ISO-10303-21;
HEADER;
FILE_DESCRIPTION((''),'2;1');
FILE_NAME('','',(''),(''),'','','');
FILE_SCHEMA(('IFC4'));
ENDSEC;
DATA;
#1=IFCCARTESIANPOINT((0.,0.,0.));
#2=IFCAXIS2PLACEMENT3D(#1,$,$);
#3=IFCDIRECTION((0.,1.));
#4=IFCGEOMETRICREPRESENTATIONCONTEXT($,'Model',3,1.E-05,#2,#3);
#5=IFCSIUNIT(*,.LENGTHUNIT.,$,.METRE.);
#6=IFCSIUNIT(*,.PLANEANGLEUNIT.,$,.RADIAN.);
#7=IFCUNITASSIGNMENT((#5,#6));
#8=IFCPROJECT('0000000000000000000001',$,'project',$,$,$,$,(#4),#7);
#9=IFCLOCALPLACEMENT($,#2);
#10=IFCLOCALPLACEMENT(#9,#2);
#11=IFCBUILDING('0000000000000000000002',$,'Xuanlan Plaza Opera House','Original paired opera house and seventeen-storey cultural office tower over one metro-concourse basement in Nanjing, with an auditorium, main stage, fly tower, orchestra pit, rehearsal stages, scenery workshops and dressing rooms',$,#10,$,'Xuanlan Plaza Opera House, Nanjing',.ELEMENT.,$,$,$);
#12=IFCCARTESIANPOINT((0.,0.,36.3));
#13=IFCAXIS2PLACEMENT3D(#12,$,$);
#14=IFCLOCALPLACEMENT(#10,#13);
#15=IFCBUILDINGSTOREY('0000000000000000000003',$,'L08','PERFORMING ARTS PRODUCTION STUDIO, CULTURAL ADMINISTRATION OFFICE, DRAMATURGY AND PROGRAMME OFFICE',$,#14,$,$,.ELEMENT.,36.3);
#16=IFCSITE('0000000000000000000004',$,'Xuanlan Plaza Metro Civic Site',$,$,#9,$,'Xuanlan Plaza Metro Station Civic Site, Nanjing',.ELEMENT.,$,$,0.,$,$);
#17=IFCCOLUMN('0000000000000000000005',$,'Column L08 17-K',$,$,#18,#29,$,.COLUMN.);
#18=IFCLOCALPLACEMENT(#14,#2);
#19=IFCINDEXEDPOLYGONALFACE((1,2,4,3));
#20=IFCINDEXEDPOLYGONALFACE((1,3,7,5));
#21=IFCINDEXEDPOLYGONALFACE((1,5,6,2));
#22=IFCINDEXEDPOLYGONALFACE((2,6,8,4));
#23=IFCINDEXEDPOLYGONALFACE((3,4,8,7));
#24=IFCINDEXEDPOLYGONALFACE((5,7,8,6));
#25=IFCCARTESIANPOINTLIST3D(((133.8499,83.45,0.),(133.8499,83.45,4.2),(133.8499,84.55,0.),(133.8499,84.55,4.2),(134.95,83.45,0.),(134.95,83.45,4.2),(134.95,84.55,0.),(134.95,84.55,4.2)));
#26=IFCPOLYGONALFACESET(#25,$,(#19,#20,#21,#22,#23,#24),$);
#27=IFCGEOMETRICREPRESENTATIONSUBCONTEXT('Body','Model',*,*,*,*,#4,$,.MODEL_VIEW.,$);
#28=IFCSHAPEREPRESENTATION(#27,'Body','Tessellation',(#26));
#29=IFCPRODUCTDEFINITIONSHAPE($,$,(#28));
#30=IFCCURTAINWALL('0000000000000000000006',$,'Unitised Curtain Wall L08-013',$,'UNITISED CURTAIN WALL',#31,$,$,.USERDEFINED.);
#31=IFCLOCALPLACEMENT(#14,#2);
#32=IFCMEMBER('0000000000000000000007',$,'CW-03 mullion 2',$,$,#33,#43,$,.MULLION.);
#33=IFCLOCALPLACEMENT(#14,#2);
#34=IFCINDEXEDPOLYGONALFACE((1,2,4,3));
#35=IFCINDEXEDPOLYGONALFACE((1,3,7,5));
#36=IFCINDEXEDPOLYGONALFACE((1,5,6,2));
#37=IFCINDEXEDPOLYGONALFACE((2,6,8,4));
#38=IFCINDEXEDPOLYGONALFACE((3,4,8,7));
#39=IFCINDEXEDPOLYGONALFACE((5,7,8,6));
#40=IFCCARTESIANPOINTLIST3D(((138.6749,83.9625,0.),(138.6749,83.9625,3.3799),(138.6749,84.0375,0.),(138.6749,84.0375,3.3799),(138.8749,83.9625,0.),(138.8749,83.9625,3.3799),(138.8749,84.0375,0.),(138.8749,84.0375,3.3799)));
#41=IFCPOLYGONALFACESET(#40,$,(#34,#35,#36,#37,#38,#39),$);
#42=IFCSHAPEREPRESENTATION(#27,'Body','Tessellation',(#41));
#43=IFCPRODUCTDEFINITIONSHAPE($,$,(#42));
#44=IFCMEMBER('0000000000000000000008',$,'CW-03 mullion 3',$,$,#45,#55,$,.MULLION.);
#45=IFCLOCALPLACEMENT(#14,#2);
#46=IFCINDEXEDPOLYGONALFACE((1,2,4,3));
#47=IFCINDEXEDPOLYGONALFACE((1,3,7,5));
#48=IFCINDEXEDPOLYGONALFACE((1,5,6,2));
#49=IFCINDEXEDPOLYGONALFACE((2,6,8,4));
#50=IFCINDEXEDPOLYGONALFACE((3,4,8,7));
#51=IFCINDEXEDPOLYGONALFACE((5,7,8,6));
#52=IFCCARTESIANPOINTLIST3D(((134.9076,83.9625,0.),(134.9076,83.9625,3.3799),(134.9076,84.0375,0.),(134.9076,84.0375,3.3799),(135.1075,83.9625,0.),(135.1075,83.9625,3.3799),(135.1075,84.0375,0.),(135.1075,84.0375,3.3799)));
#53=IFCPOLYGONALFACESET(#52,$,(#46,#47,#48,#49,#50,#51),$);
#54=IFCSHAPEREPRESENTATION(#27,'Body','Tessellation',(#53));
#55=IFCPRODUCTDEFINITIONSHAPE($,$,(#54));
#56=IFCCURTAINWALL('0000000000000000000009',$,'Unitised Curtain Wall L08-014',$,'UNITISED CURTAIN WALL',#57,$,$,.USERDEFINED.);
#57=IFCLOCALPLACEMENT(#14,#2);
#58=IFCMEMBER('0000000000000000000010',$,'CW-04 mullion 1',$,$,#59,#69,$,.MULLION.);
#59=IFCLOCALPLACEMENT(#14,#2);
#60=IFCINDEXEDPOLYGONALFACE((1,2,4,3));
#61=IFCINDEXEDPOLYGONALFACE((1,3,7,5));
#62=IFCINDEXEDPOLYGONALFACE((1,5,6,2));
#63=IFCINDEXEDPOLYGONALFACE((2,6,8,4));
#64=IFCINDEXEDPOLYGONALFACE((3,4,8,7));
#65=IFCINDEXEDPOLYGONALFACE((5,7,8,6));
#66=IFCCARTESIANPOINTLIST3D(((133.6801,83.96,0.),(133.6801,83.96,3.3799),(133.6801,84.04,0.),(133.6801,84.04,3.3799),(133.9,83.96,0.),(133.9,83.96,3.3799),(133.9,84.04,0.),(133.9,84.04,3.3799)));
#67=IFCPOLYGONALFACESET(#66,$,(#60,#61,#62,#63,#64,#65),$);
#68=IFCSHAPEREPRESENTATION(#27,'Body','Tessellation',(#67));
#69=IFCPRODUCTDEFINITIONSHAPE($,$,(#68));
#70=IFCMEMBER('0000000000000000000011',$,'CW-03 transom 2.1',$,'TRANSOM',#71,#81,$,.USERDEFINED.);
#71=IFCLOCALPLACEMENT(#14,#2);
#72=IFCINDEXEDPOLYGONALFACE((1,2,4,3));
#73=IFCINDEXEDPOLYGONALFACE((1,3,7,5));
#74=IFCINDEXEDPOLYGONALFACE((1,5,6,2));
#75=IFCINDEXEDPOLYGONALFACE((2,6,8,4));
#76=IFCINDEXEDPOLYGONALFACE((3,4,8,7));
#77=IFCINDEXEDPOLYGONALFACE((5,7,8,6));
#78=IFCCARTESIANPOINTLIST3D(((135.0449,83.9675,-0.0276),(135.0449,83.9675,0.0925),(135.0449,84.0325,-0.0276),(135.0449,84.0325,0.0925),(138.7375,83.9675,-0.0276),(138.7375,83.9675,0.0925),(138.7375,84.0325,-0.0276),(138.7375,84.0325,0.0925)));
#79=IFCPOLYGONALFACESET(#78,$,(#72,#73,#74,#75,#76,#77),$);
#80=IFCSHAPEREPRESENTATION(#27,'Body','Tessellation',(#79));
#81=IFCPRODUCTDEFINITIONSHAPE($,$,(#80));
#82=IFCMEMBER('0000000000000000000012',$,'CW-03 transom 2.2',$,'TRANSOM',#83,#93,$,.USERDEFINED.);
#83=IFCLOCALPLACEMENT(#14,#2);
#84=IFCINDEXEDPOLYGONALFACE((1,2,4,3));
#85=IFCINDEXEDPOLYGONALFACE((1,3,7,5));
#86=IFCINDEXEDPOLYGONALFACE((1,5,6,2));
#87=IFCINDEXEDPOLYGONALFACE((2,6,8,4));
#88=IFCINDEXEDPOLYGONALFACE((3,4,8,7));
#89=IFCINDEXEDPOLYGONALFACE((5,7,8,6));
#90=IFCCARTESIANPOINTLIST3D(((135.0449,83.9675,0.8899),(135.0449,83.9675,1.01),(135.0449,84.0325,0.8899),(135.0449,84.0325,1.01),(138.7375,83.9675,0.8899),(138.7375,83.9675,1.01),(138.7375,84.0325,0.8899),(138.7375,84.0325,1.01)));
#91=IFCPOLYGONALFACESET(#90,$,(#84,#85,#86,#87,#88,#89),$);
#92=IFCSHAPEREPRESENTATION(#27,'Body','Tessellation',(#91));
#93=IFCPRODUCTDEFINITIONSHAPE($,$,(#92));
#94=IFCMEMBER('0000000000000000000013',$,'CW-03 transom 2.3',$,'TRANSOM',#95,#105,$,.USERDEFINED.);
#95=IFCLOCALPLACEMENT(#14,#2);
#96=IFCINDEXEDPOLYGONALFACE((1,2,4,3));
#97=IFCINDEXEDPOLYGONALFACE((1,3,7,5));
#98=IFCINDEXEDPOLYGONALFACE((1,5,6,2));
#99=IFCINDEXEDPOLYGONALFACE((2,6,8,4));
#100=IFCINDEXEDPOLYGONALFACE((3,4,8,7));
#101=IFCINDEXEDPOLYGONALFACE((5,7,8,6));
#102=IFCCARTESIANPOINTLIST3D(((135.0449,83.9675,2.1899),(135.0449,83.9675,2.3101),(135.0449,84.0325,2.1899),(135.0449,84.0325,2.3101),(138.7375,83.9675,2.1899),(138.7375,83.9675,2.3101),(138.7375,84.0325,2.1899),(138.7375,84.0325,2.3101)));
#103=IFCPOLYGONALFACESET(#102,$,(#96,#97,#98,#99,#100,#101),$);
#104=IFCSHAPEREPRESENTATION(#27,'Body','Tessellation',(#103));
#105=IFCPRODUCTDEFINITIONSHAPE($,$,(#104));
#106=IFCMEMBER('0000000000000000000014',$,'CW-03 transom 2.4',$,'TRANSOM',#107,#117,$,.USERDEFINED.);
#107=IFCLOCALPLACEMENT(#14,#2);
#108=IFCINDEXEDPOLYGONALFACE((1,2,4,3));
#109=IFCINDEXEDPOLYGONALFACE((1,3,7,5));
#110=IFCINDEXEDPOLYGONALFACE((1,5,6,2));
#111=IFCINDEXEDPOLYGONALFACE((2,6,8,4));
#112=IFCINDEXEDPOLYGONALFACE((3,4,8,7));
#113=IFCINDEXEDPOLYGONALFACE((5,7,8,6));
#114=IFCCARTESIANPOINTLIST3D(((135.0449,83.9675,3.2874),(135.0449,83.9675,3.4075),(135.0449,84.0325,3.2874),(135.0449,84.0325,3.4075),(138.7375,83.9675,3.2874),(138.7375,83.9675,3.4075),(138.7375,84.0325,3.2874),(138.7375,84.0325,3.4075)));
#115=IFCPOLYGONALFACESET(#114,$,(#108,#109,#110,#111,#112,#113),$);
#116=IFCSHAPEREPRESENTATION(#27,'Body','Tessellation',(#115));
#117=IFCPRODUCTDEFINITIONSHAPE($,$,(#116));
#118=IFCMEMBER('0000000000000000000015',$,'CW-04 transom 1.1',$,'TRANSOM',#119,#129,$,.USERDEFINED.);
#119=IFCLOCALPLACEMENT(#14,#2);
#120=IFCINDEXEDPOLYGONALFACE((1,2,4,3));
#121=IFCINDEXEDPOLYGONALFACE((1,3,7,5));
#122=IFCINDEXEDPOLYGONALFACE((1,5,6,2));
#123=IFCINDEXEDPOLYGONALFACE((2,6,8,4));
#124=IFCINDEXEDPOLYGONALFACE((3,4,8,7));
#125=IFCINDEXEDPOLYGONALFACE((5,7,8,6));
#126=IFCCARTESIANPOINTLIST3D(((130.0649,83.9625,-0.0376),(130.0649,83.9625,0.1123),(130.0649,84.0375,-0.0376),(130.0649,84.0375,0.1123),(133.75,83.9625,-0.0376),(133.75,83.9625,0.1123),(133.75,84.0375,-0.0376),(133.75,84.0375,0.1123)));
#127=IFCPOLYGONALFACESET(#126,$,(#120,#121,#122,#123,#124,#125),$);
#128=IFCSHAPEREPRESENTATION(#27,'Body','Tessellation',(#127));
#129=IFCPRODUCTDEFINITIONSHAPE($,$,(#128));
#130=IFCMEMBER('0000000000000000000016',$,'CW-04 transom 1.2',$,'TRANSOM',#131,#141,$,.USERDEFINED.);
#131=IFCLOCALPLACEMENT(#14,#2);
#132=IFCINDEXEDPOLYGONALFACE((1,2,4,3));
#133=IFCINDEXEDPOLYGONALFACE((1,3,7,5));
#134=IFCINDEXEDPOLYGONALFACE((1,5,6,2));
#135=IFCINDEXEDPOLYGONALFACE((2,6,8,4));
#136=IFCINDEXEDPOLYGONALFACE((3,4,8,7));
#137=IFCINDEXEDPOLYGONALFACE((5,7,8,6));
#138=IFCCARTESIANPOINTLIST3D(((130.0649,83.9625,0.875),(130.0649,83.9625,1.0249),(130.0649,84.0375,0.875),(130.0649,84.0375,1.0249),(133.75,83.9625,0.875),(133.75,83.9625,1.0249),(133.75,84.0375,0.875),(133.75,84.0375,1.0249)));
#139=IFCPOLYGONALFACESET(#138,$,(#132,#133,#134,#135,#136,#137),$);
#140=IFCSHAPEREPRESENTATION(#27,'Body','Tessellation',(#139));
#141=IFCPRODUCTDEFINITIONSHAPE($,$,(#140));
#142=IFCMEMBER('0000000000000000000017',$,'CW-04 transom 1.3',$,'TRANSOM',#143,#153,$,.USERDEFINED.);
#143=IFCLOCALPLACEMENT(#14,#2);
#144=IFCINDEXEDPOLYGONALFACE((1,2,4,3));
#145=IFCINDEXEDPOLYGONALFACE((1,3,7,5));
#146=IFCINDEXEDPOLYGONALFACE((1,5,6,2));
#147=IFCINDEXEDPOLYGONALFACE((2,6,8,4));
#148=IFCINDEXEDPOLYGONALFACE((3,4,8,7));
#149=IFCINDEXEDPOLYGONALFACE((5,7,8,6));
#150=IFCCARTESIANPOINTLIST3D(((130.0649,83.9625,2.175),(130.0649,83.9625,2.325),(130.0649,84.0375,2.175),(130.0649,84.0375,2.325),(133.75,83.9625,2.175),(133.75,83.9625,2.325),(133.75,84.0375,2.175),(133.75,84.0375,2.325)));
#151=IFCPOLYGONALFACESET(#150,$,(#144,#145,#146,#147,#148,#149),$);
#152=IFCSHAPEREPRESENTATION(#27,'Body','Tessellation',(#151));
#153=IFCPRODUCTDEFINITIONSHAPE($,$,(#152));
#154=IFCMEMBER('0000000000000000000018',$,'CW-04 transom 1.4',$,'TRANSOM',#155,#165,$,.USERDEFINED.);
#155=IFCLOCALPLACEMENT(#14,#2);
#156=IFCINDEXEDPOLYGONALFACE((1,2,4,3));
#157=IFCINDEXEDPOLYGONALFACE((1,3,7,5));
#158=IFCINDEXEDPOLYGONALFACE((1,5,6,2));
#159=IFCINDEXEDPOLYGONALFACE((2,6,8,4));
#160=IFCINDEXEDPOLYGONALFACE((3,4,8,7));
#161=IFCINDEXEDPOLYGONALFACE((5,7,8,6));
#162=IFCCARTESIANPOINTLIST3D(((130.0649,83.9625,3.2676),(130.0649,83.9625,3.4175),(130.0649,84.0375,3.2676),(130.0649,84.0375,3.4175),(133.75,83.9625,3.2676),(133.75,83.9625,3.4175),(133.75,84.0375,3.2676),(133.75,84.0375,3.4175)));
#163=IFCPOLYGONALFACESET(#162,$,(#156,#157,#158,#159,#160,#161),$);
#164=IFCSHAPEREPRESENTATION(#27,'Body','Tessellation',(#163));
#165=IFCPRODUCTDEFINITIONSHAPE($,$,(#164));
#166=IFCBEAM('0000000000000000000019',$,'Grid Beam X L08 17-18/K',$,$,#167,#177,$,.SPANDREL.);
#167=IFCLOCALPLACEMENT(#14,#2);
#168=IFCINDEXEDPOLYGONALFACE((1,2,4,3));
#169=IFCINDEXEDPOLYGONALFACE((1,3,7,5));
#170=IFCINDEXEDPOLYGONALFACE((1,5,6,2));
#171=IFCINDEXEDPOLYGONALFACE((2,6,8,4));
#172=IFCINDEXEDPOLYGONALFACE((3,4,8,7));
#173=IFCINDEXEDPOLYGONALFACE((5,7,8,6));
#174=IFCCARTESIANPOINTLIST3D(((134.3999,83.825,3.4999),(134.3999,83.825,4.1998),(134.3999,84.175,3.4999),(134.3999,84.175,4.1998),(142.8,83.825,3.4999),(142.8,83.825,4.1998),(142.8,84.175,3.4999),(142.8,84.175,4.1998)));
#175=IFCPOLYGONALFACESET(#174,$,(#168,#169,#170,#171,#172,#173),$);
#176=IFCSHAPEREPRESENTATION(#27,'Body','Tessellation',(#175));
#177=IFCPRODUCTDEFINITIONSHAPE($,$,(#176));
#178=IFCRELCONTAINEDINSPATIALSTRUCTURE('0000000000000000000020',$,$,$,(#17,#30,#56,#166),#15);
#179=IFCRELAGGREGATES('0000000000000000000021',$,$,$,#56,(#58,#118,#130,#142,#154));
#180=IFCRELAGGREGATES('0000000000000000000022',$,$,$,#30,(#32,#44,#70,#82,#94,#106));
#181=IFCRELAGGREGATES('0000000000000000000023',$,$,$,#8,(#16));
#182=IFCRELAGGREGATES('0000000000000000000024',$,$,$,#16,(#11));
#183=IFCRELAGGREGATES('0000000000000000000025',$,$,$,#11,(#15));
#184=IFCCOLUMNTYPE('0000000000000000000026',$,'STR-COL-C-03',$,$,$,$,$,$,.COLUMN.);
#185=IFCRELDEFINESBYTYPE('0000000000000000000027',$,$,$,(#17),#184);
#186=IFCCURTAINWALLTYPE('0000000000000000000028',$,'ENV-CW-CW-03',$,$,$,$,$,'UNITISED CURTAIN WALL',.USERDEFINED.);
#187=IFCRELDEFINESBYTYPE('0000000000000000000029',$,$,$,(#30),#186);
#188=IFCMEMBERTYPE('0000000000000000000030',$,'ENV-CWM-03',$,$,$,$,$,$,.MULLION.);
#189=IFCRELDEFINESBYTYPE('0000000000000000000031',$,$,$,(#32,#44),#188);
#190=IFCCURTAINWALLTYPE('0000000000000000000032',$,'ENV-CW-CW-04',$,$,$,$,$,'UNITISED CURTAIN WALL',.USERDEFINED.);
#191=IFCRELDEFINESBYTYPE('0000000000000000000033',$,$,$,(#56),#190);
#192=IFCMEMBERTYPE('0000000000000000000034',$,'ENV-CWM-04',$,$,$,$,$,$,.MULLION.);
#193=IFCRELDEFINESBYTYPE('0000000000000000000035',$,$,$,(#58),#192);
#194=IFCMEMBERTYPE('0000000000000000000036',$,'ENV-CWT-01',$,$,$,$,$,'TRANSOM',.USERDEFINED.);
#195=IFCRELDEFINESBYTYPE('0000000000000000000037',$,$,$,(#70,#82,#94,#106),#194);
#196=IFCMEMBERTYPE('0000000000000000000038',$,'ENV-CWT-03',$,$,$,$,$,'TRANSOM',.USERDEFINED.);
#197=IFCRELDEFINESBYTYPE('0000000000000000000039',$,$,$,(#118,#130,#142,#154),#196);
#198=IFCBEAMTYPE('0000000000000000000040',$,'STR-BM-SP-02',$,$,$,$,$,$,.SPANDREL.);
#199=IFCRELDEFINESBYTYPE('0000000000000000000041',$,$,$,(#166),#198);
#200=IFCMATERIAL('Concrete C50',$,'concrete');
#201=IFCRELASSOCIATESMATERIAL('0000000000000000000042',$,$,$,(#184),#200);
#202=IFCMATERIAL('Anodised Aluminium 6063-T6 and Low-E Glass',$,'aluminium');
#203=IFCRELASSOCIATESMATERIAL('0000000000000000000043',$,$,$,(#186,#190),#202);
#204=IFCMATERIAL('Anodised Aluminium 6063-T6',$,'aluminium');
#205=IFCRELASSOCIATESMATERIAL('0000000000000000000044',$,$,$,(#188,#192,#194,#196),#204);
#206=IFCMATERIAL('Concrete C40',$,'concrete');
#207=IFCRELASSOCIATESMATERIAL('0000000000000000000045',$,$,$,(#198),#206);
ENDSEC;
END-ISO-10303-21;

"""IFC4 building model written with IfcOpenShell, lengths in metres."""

from ifc_helpers import new_model, si_unit, direction, frame, origin, origin_2d, place, context, subcontext, project, spatial, rectangle, extrude, material, material_profile, profile_set, type_object, element, aggregate, save


model = new_model("IFC4")

# Units and contexts
model_context = context("Model", 3, precision=1e-05, world=origin(), true_north=direction((0.0, 1.0)))
body_context = subcontext(model_context, "Body", "Model", "MODEL_VIEW")
ifc_project = project(units=[si_unit("LENGTHUNIT", "METRE"), si_unit("PLANEANGLEUNIT", "RADIAN")], contexts=[model_context])

# Site, building, storey
site_placement = place(None, origin())
site = spatial("IfcSite", under=ifc_project, at=site_placement, Name="Xuanlan Plaza Metro Civic Site", LongName="Xuanlan Plaza Metro Station Civic Site, Nanjing", CompositionType="ELEMENT", RefElevation=0.0)
building_placement = place(site_placement, origin())
building = spatial("IfcBuilding", under=site, at=building_placement, Name="Xuanlan Plaza Opera House", Description="Original paired opera house and seventeen-storey cultural office tower over one metro-concourse basement in Nanjing, with an auditorium, main stage, fly tower, orchestra pit, rehearsal stages, scenery workshops and dressing rooms", LongName="Xuanlan Plaza Opera House, Nanjing", CompositionType="ELEMENT")
storey_placement = place(building_placement, frame((0.0, 0.0, 36.3)))
storey = spatial("IfcBuildingStorey", under=building, at=storey_placement, Name="L08", Description="PERFORMING ARTS PRODUCTION STUDIO, CULTURAL ADMINISTRATION OFFICE, DRAMATURGY AND PROGRAMME OFFICE", CompositionType="ELEMENT", Elevation=36.3)

# Column
ifc_material_1 = material(Name="Concrete C50", Category="concrete")
ifc_material_profile_1 = material_profile(ifc_material_1, rectangle(XDim=1.1001, YDim=1.1001, at=origin_2d()), Name="RC-COL 1100x1100")
ifc_profile_set_1 = profile_set([ifc_material_profile_1], Name="Concrete C50")
column_type = type_object("IfcColumnType", Name="STR-COL-C-03", PredefinedType="COLUMN", material=ifc_profile_set_1)
column_placement = place(storey_placement, frame((134.3999, 84.0, 0.0), z_axis=(0.0, 0.0, 1.0), x_axis=(1.0, 0.0, 0.0)))
element("IfcColumn", 1, at=column_placement, inside=storey, type_object=column_type, Name="Column L08 17-K", PredefinedType="COLUMN", context=body_context, shape_type="SweptSolid", body=[
    extrude(rectangle(XDim=1.1001, YDim=1.1001, at=origin_2d()), origin(), (0.0, 0.0, 1.0), 4.2),
])

# Curtain wall, members
ifc_material_2 = material(Name="Anodised Aluminium 6063-T6 and Low-E Glass", Category="aluminium")
curtain_wall_type_1 = type_object("IfcCurtainWallType", Name="ENV-CW-CW-03", ElementType="UNITISED CURTAIN WALL", PredefinedType="USERDEFINED", material=ifc_material_2)
curtain_wall_1_placement = place(storey_placement, origin())
curtain_wall_1 = element("IfcCurtainWall", 2, at=curtain_wall_1_placement, inside=storey, type_object=curtain_wall_type_1, Name="Unitised Curtain Wall L08-013", ObjectType="UNITISED CURTAIN WALL", PredefinedType="USERDEFINED")
ifc_material_3 = material(Name="Anodised Aluminium 6063-T6", Category="aluminium")
ifc_material_profile_2 = material_profile(ifc_material_3, rectangle(XDim=0.075, YDim=0.2, at=origin_2d()), Name="ALU-M 75x200")
ifc_profile_set_2 = profile_set([ifc_material_profile_2], Name="Anodised Aluminium 6063-T6")
member_type_1 = type_object("IfcMemberType", Name="ENV-CWM-03", PredefinedType="MULLION", material=ifc_profile_set_2)
member_1_placement = place(storey_placement, frame((138.7749, 84.0, 0.0), z_axis=(0.0, 0.0, 1.0), x_axis=(0.0, -1.0, 0.0)))
member_1 = element("IfcMember", 3, at=member_1_placement, type_object=member_type_1, Name="CW-03 mullion 2", PredefinedType="MULLION", context=body_context, shape_type="SweptSolid", body=[
    extrude(rectangle(XDim=0.075, YDim=0.2, at=origin_2d()), origin(), (0.0, 0.0, 1.0), 3.3799),
])
member_2_placement = place(storey_placement, frame((135.0076, 84.0, 0.0), z_axis=(0.0, 0.0, 1.0), x_axis=(0.0, -1.0, 0.0)))
member_2 = element("IfcMember", 4, at=member_2_placement, type_object=member_type_1, Name="CW-03 mullion 3", PredefinedType="MULLION", context=body_context, shape_type="SweptSolid", body=[
    extrude(rectangle(XDim=0.075, YDim=0.2, at=origin_2d()), origin(), (0.0, 0.0, 1.0), 3.3799),
])

# Curtain wall, member
curtain_wall_type_2 = type_object("IfcCurtainWallType", Name="ENV-CW-CW-04", ElementType="UNITISED CURTAIN WALL", PredefinedType="USERDEFINED", material=ifc_material_2)
curtain_wall_2_placement = place(storey_placement, origin())
curtain_wall_2 = element("IfcCurtainWall", 5, at=curtain_wall_2_placement, inside=storey, type_object=curtain_wall_type_2, Name="Unitised Curtain Wall L08-014", ObjectType="UNITISED CURTAIN WALL", PredefinedType="USERDEFINED")
ifc_material_profile_3 = material_profile(ifc_material_3, rectangle(XDim=0.0801, YDim=0.22, at=origin_2d()), Name="ALU-M 80x220")
ifc_profile_set_3 = profile_set([ifc_material_profile_3], Name="Anodised Aluminium 6063-T6")
member_type_2 = type_object("IfcMemberType", Name="ENV-CWM-04", PredefinedType="MULLION", material=ifc_profile_set_3)
member_3_placement = place(storey_placement, frame((133.79, 84.0, 0.0), z_axis=(0.0, 0.0, 1.0), x_axis=(0.0, -1.0, 0.0)))
member_3 = element("IfcMember", 6, at=member_3_placement, type_object=member_type_2, Name="CW-04 mullion 1", PredefinedType="MULLION", context=body_context, shape_type="SweptSolid", body=[
    extrude(rectangle(XDim=0.0801, YDim=0.22, at=origin_2d()), origin(), (0.0, 0.0, 1.0), 3.3799),
])

# Members
ifc_material_profile_4 = material_profile(ifc_material_3, rectangle(XDim=0.0649, YDim=0.1201, at=origin_2d()), Name="ALU-T 65x120")
ifc_profile_set_4 = profile_set([ifc_material_profile_4], Name="Anodised Aluminium 6063-T6")
member_type_3 = type_object("IfcMemberType", Name="ENV-CWT-01", ElementType="TRANSOM", PredefinedType="USERDEFINED", material=ifc_profile_set_4)
member_4_placement = place(storey_placement, frame((138.7375, 84.0, 0.0325), z_axis=(-1.0, 0.0, 0.0), x_axis=(0.0, -1.0, 0.0)))
member_4 = element("IfcMember", 7, at=member_4_placement, type_object=member_type_3, Name="CW-03 transom 2.1", ObjectType="TRANSOM", PredefinedType="USERDEFINED", context=body_context, shape_type="SweptSolid", body=[
    extrude(rectangle(XDim=0.0649, YDim=0.1201, at=origin_2d()), origin(), (0.0, 0.0, 1.0), 3.6926),
])
member_5_placement = place(storey_placement, frame((138.7375, 84.0, 0.95), z_axis=(-1.0, 0.0, 0.0), x_axis=(0.0, -1.0, 0.0)))
member_5 = element("IfcMember", 8, at=member_5_placement, type_object=member_type_3, Name="CW-03 transom 2.2", ObjectType="TRANSOM", PredefinedType="USERDEFINED", context=body_context, shape_type="SweptSolid", body=[
    extrude(rectangle(XDim=0.0649, YDim=0.1201, at=origin_2d()), origin(), (0.0, 0.0, 1.0), 3.6926),
])
member_6_placement = place(storey_placement, frame((138.7375, 84.0, 2.25), z_axis=(-1.0, 0.0, 0.0), x_axis=(0.0, -1.0, 0.0)))
member_6 = element("IfcMember", 9, at=member_6_placement, type_object=member_type_3, Name="CW-03 transom 2.3", ObjectType="TRANSOM", PredefinedType="USERDEFINED", context=body_context, shape_type="SweptSolid", body=[
    extrude(rectangle(XDim=0.0649, YDim=0.1201, at=origin_2d()), origin(), (0.0, 0.0, 1.0), 3.6926),
])
member_7_placement = place(storey_placement, frame((138.7375, 84.0, 3.3474), z_axis=(-1.0, 0.0, 0.0), x_axis=(0.0, -1.0, 0.0)))
member_7 = element("IfcMember", 10, at=member_7_placement, type_object=member_type_3, Name="CW-03 transom 2.4", ObjectType="TRANSOM", PredefinedType="USERDEFINED", context=body_context, shape_type="SweptSolid", body=[
    extrude(rectangle(XDim=0.0649, YDim=0.1201, at=origin_2d()), origin(), (0.0, 0.0, 1.0), 3.6926),
])
ifc_material_profile_5 = material_profile(ifc_material_3, rectangle(XDim=0.075, YDim=0.1499, at=origin_2d()), Name="ALU-T 75x150")
ifc_profile_set_5 = profile_set([ifc_material_profile_5], Name="Anodised Aluminium 6063-T6")
member_type_4 = type_object("IfcMemberType", Name="ENV-CWT-03", ElementType="TRANSOM", PredefinedType="USERDEFINED", material=ifc_profile_set_5)
member_8_placement = place(storey_placement, frame((133.75, 84.0, 0.0374), z_axis=(-1.0, 0.0, 0.0), x_axis=(0.0, -1.0, 0.0)))
member_8 = element("IfcMember", 11, at=member_8_placement, type_object=member_type_4, Name="CW-04 transom 1.1", ObjectType="TRANSOM", PredefinedType="USERDEFINED", context=body_context, shape_type="SweptSolid", body=[
    extrude(rectangle(XDim=0.075, YDim=0.1499, at=origin_2d()), origin(), (0.0, 0.0, 1.0), 3.6851),
])
member_9_placement = place(storey_placement, frame((133.75, 84.0, 0.95), z_axis=(-1.0, 0.0, 0.0), x_axis=(0.0, -1.0, 0.0)))
member_9 = element("IfcMember", 12, at=member_9_placement, type_object=member_type_4, Name="CW-04 transom 1.2", ObjectType="TRANSOM", PredefinedType="USERDEFINED", context=body_context, shape_type="SweptSolid", body=[
    extrude(rectangle(XDim=0.075, YDim=0.1499, at=origin_2d()), origin(), (0.0, 0.0, 1.0), 3.6851),
])
member_10_placement = place(storey_placement, frame((133.75, 84.0, 2.25), z_axis=(-1.0, 0.0, 0.0), x_axis=(0.0, -1.0, 0.0)))
member_10 = element("IfcMember", 13, at=member_10_placement, type_object=member_type_4, Name="CW-04 transom 1.3", ObjectType="TRANSOM", PredefinedType="USERDEFINED", context=body_context, shape_type="SweptSolid", body=[
    extrude(rectangle(XDim=0.075, YDim=0.1499, at=origin_2d()), origin(), (0.0, 0.0, 1.0), 3.6851),
])
member_11_placement = place(storey_placement, frame((133.75, 84.0, 3.3425), z_axis=(-1.0, 0.0, 0.0), x_axis=(0.0, -1.0, 0.0)))
member_11 = element("IfcMember", 14, at=member_11_placement, type_object=member_type_4, Name="CW-04 transom 1.4", ObjectType="TRANSOM", PredefinedType="USERDEFINED", context=body_context, shape_type="SweptSolid", body=[
    extrude(rectangle(XDim=0.075, YDim=0.1499, at=origin_2d()), origin(), (0.0, 0.0, 1.0), 3.6851),
])

# Beam
ifc_material_4 = material(Name="Concrete C40", Category="concrete")
ifc_material_profile_6 = material_profile(ifc_material_4, rectangle(XDim=0.3501, YDim=0.7, at=origin_2d()), Name="RC-SPD 350x700")
ifc_profile_set_6 = profile_set([ifc_material_profile_6], Name="Concrete C40")
beam_type = type_object("IfcBeamType", Name="STR-BM-SP-02", PredefinedType="SPANDREL", material=ifc_profile_set_6)
beam_placement = place(storey_placement, frame((134.3999, 84.0, 3.8499), z_axis=(1.0, 0.0, 0.0), x_axis=(0.0, 1.0, 0.0)))
element("IfcBeam", 15, at=beam_placement, inside=storey, type_object=beam_type, Name="Grid Beam X L08 17-18/K", PredefinedType="SPANDREL", context=body_context, shape_type="SweptSolid", body=[
    extrude(rectangle(XDim=0.3501, YDim=0.7, at=origin_2d()), origin(), (0.0, 0.0, 1.0), 8.4001),
])

aggregate(curtain_wall_2, [member_3, member_8, member_9, member_10, member_11])
aggregate(curtain_wall_1, [member_1, member_2, member_4, member_5, member_6, member_7])

save(model, "model.ifc")
